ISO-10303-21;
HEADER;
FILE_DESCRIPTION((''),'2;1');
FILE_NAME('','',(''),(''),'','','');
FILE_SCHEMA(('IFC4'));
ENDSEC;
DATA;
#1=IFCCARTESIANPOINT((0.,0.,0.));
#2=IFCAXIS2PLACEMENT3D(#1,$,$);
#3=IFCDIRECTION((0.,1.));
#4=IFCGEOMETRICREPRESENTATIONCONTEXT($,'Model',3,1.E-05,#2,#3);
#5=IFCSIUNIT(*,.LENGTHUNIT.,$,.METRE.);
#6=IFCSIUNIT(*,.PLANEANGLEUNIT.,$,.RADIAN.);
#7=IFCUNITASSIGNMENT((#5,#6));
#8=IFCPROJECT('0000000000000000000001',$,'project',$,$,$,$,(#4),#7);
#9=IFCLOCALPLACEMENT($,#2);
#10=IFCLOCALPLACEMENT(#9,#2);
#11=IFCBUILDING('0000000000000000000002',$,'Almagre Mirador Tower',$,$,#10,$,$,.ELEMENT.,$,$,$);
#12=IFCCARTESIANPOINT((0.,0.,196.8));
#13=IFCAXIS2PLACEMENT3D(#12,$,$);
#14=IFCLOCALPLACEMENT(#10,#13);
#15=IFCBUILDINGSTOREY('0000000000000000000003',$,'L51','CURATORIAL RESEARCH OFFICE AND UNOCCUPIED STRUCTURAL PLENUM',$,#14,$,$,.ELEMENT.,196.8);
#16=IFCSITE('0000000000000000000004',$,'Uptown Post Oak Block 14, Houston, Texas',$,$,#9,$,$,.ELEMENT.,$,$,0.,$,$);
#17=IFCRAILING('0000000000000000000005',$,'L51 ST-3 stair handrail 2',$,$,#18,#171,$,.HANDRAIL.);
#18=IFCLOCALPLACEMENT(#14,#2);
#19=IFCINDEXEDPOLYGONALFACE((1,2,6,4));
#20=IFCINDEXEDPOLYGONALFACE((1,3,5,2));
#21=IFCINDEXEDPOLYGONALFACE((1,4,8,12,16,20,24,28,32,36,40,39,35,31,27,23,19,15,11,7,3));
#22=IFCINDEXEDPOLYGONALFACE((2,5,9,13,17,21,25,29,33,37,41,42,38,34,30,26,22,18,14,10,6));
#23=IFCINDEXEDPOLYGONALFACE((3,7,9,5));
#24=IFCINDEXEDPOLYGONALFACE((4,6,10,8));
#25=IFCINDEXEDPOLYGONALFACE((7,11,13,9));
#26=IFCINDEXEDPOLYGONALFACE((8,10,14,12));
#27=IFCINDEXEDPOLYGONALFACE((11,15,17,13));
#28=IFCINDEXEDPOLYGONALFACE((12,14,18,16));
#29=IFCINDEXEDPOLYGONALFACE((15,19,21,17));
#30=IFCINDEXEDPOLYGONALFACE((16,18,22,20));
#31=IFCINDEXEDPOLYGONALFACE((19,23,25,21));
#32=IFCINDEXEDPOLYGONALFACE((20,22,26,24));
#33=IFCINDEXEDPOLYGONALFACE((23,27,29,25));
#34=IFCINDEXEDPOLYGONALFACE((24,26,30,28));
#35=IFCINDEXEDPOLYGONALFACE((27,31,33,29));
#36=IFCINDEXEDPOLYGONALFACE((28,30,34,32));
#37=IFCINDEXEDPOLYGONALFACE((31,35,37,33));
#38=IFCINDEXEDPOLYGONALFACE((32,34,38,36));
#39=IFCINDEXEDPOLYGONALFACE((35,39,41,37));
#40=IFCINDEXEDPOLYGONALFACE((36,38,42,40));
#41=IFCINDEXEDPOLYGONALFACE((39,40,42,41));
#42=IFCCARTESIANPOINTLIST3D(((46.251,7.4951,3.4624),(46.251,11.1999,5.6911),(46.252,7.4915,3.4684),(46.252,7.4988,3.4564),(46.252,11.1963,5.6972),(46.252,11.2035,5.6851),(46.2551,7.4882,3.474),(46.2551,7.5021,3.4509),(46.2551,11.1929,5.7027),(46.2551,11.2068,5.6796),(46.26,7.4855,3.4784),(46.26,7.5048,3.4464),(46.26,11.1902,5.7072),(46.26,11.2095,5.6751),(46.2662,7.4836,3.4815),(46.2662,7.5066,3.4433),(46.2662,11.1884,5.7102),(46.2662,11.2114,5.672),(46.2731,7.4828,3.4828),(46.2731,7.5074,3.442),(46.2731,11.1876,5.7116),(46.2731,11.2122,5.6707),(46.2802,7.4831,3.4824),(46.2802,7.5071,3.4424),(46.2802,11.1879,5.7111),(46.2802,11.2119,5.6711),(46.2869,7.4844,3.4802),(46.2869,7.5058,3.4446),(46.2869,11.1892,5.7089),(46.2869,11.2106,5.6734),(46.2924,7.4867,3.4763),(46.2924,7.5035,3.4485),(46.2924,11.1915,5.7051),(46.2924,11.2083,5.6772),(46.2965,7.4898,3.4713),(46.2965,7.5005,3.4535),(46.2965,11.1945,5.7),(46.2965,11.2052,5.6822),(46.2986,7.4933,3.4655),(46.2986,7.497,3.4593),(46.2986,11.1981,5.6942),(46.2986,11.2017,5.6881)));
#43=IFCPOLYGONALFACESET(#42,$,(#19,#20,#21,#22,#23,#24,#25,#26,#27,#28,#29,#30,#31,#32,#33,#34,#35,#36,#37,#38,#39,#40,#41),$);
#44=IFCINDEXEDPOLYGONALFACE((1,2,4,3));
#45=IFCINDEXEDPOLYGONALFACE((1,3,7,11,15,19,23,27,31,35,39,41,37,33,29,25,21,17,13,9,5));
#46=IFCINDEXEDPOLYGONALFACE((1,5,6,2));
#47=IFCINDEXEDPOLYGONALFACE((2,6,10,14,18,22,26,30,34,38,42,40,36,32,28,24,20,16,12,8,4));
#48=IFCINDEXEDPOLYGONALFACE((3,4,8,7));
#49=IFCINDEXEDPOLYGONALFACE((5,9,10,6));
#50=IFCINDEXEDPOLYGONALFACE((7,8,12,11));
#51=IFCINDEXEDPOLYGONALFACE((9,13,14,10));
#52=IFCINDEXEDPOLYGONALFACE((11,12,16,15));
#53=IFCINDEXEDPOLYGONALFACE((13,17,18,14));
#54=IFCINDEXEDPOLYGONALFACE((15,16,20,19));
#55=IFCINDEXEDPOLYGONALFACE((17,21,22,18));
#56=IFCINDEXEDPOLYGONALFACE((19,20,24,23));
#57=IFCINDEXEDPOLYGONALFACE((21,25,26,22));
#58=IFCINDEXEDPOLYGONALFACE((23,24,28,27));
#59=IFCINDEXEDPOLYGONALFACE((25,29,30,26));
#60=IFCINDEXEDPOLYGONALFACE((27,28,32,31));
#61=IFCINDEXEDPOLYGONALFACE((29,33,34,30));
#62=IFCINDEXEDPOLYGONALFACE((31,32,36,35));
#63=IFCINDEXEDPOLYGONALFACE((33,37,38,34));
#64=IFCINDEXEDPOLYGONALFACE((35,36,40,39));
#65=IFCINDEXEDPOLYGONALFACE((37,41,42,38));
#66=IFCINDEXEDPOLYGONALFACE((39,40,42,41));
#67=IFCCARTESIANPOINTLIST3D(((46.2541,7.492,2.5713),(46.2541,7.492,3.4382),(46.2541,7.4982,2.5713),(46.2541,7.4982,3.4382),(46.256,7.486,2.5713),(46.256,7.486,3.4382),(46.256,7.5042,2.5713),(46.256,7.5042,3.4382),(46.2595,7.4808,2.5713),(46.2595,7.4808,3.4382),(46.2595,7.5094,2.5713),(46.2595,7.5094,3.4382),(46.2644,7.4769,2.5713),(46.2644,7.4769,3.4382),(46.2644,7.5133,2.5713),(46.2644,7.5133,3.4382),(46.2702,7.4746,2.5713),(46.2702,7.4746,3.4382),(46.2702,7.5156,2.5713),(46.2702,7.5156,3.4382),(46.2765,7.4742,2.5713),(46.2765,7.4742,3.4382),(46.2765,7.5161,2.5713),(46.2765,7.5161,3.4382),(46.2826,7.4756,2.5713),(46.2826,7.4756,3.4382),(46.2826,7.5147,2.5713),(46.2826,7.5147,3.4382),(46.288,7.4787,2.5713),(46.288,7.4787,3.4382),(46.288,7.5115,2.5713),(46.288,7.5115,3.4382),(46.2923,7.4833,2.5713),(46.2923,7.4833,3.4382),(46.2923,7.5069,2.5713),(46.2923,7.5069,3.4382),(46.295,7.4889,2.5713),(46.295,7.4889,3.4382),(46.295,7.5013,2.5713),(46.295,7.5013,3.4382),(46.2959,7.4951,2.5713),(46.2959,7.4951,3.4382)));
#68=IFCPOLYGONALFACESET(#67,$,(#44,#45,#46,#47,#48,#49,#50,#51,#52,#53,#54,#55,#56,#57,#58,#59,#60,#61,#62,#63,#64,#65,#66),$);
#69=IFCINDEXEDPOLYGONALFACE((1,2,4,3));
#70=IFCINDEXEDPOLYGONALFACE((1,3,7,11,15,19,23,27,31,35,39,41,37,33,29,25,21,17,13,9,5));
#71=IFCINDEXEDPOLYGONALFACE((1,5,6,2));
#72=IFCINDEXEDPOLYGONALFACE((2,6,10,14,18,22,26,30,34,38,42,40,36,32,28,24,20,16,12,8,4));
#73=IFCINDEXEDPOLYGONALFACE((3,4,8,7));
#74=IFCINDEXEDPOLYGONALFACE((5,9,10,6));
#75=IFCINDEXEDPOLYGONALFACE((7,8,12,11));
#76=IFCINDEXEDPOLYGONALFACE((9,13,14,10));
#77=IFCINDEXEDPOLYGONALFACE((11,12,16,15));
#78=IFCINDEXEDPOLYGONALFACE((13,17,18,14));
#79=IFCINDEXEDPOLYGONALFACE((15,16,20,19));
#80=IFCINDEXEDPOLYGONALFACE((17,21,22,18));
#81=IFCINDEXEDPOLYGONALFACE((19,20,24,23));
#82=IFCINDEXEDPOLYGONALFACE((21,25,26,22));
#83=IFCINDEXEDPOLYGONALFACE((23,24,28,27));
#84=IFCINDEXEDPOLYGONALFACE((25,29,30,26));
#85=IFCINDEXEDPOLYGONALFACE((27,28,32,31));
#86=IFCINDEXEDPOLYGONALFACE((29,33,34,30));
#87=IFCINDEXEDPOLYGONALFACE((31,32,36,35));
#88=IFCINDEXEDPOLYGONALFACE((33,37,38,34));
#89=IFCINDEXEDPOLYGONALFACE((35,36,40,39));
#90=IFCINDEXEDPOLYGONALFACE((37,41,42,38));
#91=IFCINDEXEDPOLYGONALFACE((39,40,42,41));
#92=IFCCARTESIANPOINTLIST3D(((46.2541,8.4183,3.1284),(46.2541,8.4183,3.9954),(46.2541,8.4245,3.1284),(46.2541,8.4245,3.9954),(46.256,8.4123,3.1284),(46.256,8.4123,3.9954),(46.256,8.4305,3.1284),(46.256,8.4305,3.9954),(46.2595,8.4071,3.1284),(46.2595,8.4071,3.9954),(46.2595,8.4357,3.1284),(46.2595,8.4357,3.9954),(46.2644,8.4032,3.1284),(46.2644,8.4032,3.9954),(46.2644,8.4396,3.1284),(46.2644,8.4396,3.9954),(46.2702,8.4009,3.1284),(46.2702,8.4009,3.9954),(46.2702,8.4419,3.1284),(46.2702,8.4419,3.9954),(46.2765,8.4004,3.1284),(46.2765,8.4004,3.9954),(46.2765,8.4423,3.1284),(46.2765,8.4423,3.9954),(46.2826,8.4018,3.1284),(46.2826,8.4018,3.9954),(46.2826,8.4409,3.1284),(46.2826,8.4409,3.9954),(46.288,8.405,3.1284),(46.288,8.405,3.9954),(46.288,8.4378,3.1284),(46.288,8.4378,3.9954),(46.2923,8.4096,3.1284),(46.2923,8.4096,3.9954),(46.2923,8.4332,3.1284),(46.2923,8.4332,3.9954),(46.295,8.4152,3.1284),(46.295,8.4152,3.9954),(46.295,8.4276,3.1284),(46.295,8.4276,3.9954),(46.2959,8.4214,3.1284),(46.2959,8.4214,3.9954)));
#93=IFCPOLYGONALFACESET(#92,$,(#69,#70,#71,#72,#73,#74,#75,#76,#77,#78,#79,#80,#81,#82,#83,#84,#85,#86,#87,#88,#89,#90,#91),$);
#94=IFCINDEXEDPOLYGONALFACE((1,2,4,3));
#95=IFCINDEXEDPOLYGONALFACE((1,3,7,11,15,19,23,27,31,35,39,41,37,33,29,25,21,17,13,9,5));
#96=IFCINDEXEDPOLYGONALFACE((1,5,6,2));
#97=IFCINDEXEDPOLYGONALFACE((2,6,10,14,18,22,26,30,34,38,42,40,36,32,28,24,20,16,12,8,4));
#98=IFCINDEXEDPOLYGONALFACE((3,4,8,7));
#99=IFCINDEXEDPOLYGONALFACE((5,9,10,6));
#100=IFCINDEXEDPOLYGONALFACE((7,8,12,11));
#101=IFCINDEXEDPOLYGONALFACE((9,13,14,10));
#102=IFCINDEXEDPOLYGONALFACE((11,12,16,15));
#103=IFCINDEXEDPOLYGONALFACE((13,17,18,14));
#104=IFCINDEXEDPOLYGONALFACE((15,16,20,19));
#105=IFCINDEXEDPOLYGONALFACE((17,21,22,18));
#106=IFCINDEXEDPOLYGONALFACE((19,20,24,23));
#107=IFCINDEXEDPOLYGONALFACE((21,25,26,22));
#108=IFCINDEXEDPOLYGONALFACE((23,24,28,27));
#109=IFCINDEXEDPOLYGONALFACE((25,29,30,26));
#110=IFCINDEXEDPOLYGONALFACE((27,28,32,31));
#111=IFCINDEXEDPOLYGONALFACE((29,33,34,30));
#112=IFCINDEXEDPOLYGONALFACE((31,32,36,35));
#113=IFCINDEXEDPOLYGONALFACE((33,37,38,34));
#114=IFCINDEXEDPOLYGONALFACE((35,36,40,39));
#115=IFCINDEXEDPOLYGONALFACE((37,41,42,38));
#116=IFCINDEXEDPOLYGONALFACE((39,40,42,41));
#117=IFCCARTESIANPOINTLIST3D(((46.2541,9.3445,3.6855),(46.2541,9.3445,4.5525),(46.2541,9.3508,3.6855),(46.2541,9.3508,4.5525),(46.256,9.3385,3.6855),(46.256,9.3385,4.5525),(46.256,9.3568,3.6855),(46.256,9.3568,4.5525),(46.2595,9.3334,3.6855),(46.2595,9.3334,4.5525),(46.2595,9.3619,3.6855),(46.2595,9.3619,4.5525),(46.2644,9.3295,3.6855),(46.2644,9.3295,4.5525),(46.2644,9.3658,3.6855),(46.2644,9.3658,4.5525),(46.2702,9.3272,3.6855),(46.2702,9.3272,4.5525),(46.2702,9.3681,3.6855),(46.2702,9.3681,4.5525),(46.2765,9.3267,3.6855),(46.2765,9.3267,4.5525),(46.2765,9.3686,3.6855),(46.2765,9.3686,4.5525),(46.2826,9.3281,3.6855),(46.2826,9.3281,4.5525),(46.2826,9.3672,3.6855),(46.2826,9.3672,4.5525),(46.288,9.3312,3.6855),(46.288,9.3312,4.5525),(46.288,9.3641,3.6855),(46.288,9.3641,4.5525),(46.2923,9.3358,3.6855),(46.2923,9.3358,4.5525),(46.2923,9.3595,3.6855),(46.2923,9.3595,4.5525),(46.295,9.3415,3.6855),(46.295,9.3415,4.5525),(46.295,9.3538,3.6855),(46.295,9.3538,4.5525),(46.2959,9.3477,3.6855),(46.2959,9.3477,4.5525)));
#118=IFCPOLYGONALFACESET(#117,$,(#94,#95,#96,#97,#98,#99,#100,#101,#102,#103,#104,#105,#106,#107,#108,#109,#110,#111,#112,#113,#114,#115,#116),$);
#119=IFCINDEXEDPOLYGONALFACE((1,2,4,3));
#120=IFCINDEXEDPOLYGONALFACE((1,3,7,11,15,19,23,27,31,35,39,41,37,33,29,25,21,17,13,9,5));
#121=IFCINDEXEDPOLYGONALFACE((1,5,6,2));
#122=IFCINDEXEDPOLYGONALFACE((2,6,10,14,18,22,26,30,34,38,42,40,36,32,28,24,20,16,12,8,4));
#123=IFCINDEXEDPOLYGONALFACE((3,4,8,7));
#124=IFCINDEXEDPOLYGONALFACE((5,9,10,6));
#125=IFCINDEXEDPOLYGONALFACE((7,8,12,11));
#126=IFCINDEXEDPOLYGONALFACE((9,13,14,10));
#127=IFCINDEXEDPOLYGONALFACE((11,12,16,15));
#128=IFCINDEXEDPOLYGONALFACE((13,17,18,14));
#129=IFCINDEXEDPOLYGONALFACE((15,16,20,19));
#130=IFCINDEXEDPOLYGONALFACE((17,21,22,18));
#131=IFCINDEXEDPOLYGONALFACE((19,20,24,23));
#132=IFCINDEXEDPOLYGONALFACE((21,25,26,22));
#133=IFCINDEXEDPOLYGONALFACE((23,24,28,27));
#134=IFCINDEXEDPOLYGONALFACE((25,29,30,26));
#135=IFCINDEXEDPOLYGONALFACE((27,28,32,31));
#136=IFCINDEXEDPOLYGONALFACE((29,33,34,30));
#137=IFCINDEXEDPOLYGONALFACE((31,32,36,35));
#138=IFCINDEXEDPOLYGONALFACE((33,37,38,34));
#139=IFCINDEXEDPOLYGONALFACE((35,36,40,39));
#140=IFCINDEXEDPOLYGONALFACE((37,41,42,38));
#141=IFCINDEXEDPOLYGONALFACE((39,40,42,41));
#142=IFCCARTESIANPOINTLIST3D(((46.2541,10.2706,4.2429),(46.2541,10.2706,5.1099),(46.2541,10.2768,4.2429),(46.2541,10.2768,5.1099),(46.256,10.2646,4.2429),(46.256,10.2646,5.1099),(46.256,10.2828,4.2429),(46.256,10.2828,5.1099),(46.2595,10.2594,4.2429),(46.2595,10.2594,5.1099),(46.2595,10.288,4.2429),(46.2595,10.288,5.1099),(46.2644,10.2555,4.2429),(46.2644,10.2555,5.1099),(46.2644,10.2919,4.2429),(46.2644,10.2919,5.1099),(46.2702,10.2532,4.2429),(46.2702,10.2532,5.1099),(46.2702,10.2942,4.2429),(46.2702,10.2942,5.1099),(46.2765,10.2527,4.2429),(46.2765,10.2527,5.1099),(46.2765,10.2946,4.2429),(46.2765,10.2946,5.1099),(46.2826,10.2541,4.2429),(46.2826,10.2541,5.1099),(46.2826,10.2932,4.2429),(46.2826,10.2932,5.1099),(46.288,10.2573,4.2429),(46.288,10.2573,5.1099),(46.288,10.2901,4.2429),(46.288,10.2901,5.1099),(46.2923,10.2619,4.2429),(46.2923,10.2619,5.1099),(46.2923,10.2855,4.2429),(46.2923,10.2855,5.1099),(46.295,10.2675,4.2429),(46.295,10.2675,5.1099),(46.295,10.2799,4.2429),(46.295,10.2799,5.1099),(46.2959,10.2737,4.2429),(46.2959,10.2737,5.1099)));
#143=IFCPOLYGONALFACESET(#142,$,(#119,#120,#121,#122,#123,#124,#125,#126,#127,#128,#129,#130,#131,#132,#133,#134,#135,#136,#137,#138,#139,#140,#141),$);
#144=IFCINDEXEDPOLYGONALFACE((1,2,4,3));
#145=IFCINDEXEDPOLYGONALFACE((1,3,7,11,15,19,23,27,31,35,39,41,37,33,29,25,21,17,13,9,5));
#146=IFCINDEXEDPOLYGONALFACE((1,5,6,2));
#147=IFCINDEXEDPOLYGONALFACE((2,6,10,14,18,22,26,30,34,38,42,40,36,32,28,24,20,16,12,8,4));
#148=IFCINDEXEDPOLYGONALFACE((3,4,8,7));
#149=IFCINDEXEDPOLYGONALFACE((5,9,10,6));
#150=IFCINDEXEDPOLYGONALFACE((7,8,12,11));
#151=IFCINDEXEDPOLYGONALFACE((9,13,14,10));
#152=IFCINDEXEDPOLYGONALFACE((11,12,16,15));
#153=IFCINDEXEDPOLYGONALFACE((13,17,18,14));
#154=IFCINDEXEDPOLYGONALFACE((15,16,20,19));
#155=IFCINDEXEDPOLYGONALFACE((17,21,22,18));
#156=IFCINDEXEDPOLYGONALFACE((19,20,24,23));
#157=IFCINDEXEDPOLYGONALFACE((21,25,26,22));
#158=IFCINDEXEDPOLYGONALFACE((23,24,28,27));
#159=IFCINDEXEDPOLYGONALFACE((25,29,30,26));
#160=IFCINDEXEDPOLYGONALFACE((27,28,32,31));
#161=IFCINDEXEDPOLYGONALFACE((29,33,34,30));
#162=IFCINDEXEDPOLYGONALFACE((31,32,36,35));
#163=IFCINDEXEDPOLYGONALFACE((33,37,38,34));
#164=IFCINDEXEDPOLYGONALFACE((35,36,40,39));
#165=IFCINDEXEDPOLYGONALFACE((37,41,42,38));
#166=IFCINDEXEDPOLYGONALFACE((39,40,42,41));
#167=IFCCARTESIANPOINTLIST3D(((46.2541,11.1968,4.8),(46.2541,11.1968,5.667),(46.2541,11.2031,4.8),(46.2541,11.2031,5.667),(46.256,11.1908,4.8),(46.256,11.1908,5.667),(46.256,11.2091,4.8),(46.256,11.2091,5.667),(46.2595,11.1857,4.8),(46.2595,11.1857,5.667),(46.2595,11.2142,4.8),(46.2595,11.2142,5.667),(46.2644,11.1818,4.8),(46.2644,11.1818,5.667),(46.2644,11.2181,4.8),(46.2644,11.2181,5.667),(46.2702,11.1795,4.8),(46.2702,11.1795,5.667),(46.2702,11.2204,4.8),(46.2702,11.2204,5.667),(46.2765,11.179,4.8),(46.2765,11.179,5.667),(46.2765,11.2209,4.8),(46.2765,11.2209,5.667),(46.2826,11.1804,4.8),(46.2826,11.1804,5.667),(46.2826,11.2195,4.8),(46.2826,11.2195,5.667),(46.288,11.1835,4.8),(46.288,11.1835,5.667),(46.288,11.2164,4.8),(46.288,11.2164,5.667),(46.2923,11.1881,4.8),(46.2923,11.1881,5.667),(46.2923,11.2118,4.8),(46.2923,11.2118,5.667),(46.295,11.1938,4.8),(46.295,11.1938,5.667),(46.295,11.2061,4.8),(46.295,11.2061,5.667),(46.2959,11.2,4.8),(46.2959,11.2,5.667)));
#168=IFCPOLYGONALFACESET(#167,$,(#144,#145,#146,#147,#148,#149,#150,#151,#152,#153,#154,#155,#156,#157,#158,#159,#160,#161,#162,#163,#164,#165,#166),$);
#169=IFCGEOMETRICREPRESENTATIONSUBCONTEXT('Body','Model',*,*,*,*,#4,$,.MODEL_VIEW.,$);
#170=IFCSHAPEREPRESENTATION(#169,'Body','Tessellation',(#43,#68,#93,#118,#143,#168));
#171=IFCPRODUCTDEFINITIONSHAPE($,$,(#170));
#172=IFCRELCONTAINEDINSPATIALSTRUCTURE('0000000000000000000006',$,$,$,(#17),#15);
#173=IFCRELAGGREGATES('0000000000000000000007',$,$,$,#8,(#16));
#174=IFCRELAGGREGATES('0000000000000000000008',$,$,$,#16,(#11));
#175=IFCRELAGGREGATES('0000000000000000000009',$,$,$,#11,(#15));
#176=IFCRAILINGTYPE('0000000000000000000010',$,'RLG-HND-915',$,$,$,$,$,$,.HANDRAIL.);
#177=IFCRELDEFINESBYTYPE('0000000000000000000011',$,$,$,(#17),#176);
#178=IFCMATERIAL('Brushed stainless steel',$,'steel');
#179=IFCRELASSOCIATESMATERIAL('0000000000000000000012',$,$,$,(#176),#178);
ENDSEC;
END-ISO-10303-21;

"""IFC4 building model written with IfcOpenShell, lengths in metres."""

from ifc_helpers import new_model, si_unit, direction, frame, origin, origin_2d, place, context, subcontext, project, spatial, circle, extrude, material, type_object, element, save


model = new_model("IFC4")

# Units and contexts
model_context = context("Model", 3, precision=1e-05, world=origin(), true_north=direction((0.0, 1.0)))
body_context = subcontext(model_context, "Body", "Model", "MODEL_VIEW")
ifc_project = project(units=[si_unit("LENGTHUNIT", "METRE"), si_unit("PLANEANGLEUNIT", "RADIAN")], contexts=[model_context])

# Site, building, storey
site_placement = place(None, origin())
site = spatial("IfcSite", under=ifc_project, at=site_placement, Name="Uptown Post Oak Block 14, Houston, Texas", CompositionType="ELEMENT", RefElevation=0.0)
building_placement = place(site_placement, origin())
building = spatial("IfcBuilding", under=site, at=building_placement, Name="Almagre Mirador Tower", CompositionType="ELEMENT")
storey_placement = place(building_placement, frame((0.0, 0.0, 196.8)))
storey = spatial("IfcBuildingStorey", under=building, at=storey_placement, Name="L51", Description="CURATORIAL RESEARCH OFFICE AND UNOCCUPIED STRUCTURAL PLENUM", CompositionType="ELEMENT", Elevation=196.8)

# Railing
ifc_material_1 = material(Name="Brushed stainless steel", Category="steel")
railing_type_1 = type_object("IfcRailingType", Name="RLG-HND-915", PredefinedType="HANDRAIL", material=ifc_material_1)
railing_1_placement = place(storey_placement, frame((46.2749, 7.4951, 2.5713)))
element("IfcRailing", 1, at=railing_1_placement, inside=storey, type_object=railing_type_1, Name="L51 ST-3 stair handrail 2", PredefinedType="HANDRAIL", context=body_context, shape_type="SweptSolid", body=[
    extrude(circle(Radius=0.0239, at=origin_2d()), frame((0.0, 0.0, 0.8911), z_axis=(0.0, 0.856894, 0.515492), x_axis=(-1.0, 0.0, 0.0)), (0.0, 0.0, 1.0), 4.3235),
    extrude(circle(Radius=0.021, at=origin_2d()), origin(), (0.0, 0.0, 1.0), 0.8669),
    extrude(circle(Radius=0.021, at=origin_2d()), frame((0.0, 0.9263, 0.5571)), (0.0, 0.0, 1.0), 0.8669),
    extrude(circle(Radius=0.021, at=origin_2d()), frame((0.0, 1.8525, 1.1143)), (0.0, 0.0, 1.0), 0.8669),
    extrude(circle(Radius=0.021, at=origin_2d()), frame((0.0, 2.7786, 1.6716)), (0.0, 0.0, 1.0), 0.8669),
    extrude(circle(Radius=0.021, at=origin_2d()), frame((0.0, 3.7048, 2.2288)), (0.0, 0.0, 1.0), 0.8669),
])

save(model, "model.ifc")
